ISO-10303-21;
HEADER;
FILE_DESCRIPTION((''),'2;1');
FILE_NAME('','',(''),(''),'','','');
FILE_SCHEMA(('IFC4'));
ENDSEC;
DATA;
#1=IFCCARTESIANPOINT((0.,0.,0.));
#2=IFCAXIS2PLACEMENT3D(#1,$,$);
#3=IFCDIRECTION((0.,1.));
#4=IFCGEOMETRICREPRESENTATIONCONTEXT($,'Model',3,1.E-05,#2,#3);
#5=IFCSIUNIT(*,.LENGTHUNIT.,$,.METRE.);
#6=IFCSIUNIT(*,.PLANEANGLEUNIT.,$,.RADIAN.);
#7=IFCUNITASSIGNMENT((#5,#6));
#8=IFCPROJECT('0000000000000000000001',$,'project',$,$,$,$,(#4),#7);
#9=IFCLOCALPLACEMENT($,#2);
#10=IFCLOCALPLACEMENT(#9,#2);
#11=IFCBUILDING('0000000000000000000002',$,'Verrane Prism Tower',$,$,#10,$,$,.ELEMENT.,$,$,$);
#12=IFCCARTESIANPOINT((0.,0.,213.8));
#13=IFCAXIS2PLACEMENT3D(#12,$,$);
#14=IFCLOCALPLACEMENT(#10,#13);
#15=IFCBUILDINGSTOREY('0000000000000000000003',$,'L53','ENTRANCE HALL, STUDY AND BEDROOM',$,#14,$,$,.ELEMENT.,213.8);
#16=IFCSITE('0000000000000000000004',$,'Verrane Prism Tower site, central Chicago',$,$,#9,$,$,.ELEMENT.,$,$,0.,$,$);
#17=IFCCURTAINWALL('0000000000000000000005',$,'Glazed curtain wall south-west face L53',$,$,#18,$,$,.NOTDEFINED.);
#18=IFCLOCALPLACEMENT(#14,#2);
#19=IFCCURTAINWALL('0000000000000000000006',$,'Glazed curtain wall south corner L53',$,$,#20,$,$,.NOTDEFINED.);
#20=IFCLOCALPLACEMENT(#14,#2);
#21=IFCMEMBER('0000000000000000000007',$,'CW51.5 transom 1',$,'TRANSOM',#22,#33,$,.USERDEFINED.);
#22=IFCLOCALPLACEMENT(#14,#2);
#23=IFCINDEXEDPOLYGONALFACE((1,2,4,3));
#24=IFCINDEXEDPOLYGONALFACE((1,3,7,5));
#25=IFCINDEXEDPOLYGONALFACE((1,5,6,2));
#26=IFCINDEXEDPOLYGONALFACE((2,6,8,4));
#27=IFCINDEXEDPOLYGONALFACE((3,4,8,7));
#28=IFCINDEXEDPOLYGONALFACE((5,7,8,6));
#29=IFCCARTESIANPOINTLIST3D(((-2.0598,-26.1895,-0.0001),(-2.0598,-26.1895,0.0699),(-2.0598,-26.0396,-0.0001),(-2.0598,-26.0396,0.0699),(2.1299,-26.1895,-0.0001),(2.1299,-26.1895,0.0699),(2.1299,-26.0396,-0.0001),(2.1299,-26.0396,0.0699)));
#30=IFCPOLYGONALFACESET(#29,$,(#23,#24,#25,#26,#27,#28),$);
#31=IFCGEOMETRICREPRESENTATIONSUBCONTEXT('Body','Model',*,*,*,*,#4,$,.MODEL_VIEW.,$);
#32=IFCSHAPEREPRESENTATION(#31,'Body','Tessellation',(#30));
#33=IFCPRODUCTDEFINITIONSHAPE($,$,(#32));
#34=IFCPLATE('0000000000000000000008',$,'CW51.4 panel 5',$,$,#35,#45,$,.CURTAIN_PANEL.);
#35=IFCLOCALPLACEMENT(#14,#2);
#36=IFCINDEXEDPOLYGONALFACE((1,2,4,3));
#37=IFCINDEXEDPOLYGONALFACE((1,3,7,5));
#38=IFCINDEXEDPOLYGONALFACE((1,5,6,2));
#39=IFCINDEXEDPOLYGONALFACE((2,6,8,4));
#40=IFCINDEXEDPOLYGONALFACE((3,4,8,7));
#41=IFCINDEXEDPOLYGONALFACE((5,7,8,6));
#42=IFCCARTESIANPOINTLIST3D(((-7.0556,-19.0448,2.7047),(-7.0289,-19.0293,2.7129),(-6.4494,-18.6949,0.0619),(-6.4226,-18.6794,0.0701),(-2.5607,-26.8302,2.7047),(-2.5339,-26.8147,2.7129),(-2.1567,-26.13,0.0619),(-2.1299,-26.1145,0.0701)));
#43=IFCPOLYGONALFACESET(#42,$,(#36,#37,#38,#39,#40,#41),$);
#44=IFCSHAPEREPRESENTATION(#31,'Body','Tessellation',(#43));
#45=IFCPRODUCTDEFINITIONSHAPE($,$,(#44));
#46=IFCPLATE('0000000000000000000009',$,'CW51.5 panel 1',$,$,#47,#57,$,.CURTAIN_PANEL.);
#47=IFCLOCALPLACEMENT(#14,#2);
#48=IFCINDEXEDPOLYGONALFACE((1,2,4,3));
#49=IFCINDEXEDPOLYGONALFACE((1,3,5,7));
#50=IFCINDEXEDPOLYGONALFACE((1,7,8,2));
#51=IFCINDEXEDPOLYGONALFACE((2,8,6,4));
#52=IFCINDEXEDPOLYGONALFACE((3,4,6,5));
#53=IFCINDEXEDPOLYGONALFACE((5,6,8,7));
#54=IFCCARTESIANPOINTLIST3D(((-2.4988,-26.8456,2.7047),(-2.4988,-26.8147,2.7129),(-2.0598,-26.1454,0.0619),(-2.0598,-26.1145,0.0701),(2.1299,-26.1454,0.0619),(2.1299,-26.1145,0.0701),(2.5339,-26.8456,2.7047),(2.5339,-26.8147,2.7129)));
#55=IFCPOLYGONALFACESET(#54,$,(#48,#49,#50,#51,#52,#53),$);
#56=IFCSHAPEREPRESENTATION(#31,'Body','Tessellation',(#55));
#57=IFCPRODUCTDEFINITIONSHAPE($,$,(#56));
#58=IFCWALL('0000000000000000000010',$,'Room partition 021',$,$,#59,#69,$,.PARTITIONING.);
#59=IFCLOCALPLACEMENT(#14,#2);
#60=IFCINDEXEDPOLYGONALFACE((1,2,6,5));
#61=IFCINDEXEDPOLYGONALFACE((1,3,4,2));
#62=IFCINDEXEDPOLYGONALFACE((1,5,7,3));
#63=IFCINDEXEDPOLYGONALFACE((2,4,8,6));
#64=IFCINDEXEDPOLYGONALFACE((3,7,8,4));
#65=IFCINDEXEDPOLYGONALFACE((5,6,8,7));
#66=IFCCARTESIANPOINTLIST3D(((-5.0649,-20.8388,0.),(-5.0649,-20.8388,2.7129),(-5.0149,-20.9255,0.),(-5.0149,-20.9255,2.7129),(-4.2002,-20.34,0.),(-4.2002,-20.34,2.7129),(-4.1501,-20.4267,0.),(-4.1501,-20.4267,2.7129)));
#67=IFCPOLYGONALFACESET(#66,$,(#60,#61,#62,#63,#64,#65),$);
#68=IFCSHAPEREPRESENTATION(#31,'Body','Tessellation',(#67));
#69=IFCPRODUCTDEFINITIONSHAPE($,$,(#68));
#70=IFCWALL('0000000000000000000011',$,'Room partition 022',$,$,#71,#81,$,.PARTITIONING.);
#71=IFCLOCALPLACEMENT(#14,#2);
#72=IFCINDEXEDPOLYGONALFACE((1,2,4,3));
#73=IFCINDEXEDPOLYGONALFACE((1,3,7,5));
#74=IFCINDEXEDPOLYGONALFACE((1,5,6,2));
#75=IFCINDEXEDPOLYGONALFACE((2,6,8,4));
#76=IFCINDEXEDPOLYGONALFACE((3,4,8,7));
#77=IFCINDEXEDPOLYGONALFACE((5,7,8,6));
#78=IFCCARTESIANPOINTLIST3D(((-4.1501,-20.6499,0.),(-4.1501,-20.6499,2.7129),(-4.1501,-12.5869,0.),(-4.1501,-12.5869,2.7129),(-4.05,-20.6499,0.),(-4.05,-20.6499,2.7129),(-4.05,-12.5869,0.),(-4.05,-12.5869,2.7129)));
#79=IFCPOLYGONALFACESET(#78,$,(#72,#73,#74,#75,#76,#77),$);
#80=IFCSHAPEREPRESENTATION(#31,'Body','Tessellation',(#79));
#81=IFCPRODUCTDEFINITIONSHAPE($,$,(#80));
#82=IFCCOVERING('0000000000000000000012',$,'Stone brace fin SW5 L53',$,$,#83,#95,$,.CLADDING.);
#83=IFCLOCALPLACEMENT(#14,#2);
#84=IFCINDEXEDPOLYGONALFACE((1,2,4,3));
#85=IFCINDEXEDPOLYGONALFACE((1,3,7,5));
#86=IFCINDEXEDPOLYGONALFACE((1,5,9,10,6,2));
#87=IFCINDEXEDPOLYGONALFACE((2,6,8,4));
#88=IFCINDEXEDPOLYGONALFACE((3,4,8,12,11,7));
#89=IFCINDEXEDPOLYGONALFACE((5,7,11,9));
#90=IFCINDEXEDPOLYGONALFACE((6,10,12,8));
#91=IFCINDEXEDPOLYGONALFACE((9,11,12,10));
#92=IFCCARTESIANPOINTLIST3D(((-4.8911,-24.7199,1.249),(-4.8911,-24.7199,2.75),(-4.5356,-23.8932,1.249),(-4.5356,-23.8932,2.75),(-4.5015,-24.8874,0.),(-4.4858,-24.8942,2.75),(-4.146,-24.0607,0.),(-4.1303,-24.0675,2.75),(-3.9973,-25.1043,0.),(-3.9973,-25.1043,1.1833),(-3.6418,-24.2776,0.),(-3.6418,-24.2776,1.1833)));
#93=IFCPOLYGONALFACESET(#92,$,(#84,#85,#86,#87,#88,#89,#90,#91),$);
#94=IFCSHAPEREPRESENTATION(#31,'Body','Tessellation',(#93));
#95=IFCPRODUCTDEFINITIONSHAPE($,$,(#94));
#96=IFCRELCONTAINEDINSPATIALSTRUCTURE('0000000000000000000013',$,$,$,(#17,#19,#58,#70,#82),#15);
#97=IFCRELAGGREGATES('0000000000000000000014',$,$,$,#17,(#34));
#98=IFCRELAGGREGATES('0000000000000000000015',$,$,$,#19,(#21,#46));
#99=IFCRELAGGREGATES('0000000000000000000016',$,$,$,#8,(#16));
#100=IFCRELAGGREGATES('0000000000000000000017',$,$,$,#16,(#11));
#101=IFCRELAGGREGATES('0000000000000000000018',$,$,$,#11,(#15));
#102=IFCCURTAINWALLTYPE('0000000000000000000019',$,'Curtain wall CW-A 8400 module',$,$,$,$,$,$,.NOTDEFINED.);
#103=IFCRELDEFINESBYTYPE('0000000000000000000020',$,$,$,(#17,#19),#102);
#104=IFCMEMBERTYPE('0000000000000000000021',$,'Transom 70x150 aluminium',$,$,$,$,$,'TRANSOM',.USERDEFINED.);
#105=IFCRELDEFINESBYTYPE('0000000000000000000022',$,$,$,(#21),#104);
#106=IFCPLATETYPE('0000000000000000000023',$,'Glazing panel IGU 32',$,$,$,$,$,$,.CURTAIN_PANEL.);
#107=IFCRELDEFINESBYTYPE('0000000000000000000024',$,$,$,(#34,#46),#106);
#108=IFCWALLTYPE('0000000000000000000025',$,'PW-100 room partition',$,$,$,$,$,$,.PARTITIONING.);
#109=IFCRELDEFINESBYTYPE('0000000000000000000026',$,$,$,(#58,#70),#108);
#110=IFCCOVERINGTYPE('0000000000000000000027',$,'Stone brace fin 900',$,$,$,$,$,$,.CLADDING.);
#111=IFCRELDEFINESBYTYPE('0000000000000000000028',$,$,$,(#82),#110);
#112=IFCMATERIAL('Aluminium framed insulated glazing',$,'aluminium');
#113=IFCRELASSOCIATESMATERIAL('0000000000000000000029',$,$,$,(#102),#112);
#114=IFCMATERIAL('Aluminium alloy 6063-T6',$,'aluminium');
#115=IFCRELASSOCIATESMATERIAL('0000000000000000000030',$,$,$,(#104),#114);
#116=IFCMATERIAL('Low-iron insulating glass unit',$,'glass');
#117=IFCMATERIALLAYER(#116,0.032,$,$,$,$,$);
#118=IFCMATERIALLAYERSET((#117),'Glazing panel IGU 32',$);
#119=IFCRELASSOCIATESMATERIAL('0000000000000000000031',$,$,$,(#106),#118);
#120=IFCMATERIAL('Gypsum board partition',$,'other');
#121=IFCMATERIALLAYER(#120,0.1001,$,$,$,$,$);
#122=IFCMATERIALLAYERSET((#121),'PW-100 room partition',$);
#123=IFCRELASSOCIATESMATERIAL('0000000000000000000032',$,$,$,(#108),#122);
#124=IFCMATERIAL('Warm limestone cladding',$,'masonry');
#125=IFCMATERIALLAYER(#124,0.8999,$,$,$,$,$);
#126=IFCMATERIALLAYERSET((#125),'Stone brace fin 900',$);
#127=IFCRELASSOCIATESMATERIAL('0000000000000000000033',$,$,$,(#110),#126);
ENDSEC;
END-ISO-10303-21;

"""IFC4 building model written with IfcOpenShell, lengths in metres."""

from ifc_helpers import new_model, si_unit, direction, frame, frame_2d, origin, origin_2d, place, context, subcontext, project, spatial, polyline, rectangle, outline, extrude, material, layer, layer_set, material_profile, profile_set, type_object, element, aggregate, save


model = new_model("IFC4")

# Units and contexts
model_context = context("Model", 3, precision=1e-05, world=origin(), true_north=direction((0.0, 1.0)))
body_context = subcontext(model_context, "Body", "Model", "MODEL_VIEW")
ifc_project = project(units=[si_unit("LENGTHUNIT", "METRE"), si_unit("PLANEANGLEUNIT", "RADIAN")], contexts=[model_context])

# Site, building, storey
site_placement = place(None, origin())
site = spatial("IfcSite", under=ifc_project, at=site_placement, Name="Verrane Prism Tower site, central Chicago", CompositionType="ELEMENT", RefElevation=0.0)
building_placement = place(site_placement, origin())
building = spatial("IfcBuilding", under=site, at=building_placement, Name="Verrane Prism Tower", CompositionType="ELEMENT")
storey_placement = place(building_placement, frame((0.0, 0.0, 213.8)))
storey = spatial("IfcBuildingStorey", under=building, at=storey_placement, Name="L53", Description="ENTRANCE HALL, STUDY AND BEDROOM", CompositionType="ELEMENT", Elevation=213.8)

# Curtain walls
ifc_material_1 = material(Name="Aluminium framed insulated glazing", Category="aluminium")
curtain_wall_type = type_object("IfcCurtainWallType", Name="Curtain wall CW-A 8400 module", PredefinedType="NOTDEFINED", material=ifc_material_1)
curtain_wall_1_placement = place(storey_placement, origin())
curtain_wall_1 = element("IfcCurtainWall", 1, at=curtain_wall_1_placement, inside=storey, type_object=curtain_wall_type, Name="Glazed curtain wall south-west face L53", PredefinedType="NOTDEFINED")
curtain_wall_2_placement = place(storey_placement, origin())
curtain_wall_2 = element("IfcCurtainWall", 2, at=curtain_wall_2_placement, inside=storey, type_object=curtain_wall_type, Name="Glazed curtain wall south corner L53", PredefinedType="NOTDEFINED")

# Member
ifc_material_2 = material(Name="Aluminium alloy 6063-T6", Category="aluminium")
ifc_material_profile_1 = material_profile(ifc_material_2, rectangle(XDim=0.1499, YDim=0.0701, at=origin_2d()), Name="Transom 70x150 aluminium")
ifc_profile_set_1 = profile_set([ifc_material_profile_1], Name="Aluminium alloy 6063-T6")
member_type_1 = type_object("IfcMemberType", Name="Transom 70x150 aluminium", ElementType="TRANSOM", PredefinedType="USERDEFINED", material=ifc_profile_set_1)
member_1_placement = place(storey_placement, frame((-2.0598, -26.1145, 0.0349), z_axis=(1.0, 0.0, 0.0), x_axis=(0.0, 1.0, 0.0)))
member_1 = element("IfcMember", 3, at=member_1_placement, type_object=member_type_1, Name="CW51.5 transom 1", ObjectType="TRANSOM", PredefinedType="USERDEFINED", context=body_context, shape_type="SweptSolid", body=[
    extrude(rectangle(XDim=0.1499, YDim=0.0701, at=origin_2d()), origin(), (0.0, 0.0, 1.0), 4.1897),
])

# Plates
ifc_material_3 = material(Name="Low-iron insulating glass unit", Category="glass")
ifc_layer_1 = layer(ifc_material_3, 0.032)
ifc_layer_set_1 = layer_set([ifc_layer_1], Name="Glazing panel IGU 32")
plate_type = type_object("IfcPlateType", Name="Glazing panel IGU 32", PredefinedType="CURTAIN_PANEL", material=ifc_layer_set_1)
plate_1_placement = place(storey_placement, frame((-6.4226, -18.6794, 0.0701), z_axis=(0.837159, 0.483337, 0.256028), x_axis=(0.500003, -0.866024, -0.000002)))
plate_1 = element("IfcPlate", 4, at=plate_1_placement, type_object=plate_type, Name="CW51.4 panel 5", PredefinedType="CURTAIN_PANEL", context=body_context, shape_type="SweptSolid", body=[
    extrude(outline(polyline([(0.0, 0.0), (8.5853, 0.0), (8.9897, -2.734), (-0.0001, -2.7339), (0.0, 0.0)])), origin(), (0.0, 0.0, -1.0), 0.032),
])
aggregate(curtain_wall_1, [plate_1])
plate_2_placement = place(storey_placement, frame((-2.0598, -26.1145, 0.0701), z_axis=(0.0, 0.966649, 0.256106), x_axis=(1.0, 0.0, 0.0)))
plate_2 = element("IfcPlate", 5, at=plate_2_placement, type_object=plate_type, Name="CW51.5 panel 1", PredefinedType="CURTAIN_PANEL", context=body_context, shape_type="SweptSolid", body=[
    extrude(outline(polyline([(0.0, 0.0), (4.1897, 0.0), (4.5938, -2.734), (-0.439, -2.734), (0.0, 0.0)])), origin(), (0.0, 0.0, -1.0), 0.032),
])
aggregate(curtain_wall_2, [member_1, plate_2])

# Walls
ifc_material_4 = material(Name="Gypsum board partition", Category="other")
ifc_layer_2 = layer(ifc_material_4, 0.1001)
ifc_layer_set_2 = layer_set([ifc_layer_2], Name="PW-100 room partition")
wall_type = type_object("IfcWallType", Name="PW-100 room partition", PredefinedType="PARTITIONING", material=ifc_layer_set_2)
wall_1_placement = place(storey_placement, frame((-5.0398, -20.8821, 0.0), z_axis=(0.0, 0.0, 1.0), x_axis=(0.866234, 0.499638, 0.0)))
element("IfcWall", 6, at=wall_1_placement, inside=storey, type_object=wall_type, Name="Room partition 021", PredefinedType="PARTITIONING", context=body_context, shape_type="SweptSolid", body=[
    extrude(rectangle(XDim=0.9983, YDim=0.1001, at=frame_2d((0.499, 0.0))), origin(), (0.0, 0.0, 1.0), 2.7129),
])
wall_2_placement = place(storey_placement, frame((-4.1001, -20.6499, 0.0), z_axis=(0.0, 0.0, 1.0), x_axis=(0.0, 1.0, 0.0)))
element("IfcWall", 7, at=wall_2_placement, inside=storey, type_object=wall_type, Name="Room partition 022", PredefinedType="PARTITIONING", context=body_context, shape_type="SweptSolid", body=[
    extrude(rectangle(XDim=8.063, YDim=0.1001, at=frame_2d((4.0315, 0.0))), origin(), (0.0, 0.0, 1.0), 2.7129),
])

# Covering
ifc_material_5 = material(Name="Warm limestone cladding", Category="masonry")
ifc_layer_3 = layer(ifc_material_5, 0.8999)
ifc_layer_set_3 = layer_set([ifc_layer_3], Name="Stone brace fin 900")
covering_type = type_object("IfcCoveringType", Name="Stone brace fin 900", PredefinedType="CLADDING", material=ifc_layer_set_3)
covering_placement = place(storey_placement, frame((-3.8196, -24.6909, 0.0), z_axis=(0.0, 0.0, 1.0), x_axis=(-0.918651, 0.39507, 0.0)))
element("IfcCovering", 8, at=covering_placement, inside=storey, type_object=covering_type, Name="Stone brace fin SW5 L53", PredefinedType="CLADDING", context=body_context, shape_type="SweptSolid", body=[
    extrude(outline(polyline([(0.9729, 2.75), (0.5317, 2.75), (0.0, 1.1833), (0.0, 0.0), (0.5488, 0.0), (0.9729, 1.249), (0.9729, 2.75)])), frame((0.0, 0.45, 0.0), z_axis=(0.0, -1.0, 0.0), x_axis=(1.0, 0.0, 0.0)), (0.0, 0.0, 1.0), 0.8999),
])

save(model, "model.ifc")
